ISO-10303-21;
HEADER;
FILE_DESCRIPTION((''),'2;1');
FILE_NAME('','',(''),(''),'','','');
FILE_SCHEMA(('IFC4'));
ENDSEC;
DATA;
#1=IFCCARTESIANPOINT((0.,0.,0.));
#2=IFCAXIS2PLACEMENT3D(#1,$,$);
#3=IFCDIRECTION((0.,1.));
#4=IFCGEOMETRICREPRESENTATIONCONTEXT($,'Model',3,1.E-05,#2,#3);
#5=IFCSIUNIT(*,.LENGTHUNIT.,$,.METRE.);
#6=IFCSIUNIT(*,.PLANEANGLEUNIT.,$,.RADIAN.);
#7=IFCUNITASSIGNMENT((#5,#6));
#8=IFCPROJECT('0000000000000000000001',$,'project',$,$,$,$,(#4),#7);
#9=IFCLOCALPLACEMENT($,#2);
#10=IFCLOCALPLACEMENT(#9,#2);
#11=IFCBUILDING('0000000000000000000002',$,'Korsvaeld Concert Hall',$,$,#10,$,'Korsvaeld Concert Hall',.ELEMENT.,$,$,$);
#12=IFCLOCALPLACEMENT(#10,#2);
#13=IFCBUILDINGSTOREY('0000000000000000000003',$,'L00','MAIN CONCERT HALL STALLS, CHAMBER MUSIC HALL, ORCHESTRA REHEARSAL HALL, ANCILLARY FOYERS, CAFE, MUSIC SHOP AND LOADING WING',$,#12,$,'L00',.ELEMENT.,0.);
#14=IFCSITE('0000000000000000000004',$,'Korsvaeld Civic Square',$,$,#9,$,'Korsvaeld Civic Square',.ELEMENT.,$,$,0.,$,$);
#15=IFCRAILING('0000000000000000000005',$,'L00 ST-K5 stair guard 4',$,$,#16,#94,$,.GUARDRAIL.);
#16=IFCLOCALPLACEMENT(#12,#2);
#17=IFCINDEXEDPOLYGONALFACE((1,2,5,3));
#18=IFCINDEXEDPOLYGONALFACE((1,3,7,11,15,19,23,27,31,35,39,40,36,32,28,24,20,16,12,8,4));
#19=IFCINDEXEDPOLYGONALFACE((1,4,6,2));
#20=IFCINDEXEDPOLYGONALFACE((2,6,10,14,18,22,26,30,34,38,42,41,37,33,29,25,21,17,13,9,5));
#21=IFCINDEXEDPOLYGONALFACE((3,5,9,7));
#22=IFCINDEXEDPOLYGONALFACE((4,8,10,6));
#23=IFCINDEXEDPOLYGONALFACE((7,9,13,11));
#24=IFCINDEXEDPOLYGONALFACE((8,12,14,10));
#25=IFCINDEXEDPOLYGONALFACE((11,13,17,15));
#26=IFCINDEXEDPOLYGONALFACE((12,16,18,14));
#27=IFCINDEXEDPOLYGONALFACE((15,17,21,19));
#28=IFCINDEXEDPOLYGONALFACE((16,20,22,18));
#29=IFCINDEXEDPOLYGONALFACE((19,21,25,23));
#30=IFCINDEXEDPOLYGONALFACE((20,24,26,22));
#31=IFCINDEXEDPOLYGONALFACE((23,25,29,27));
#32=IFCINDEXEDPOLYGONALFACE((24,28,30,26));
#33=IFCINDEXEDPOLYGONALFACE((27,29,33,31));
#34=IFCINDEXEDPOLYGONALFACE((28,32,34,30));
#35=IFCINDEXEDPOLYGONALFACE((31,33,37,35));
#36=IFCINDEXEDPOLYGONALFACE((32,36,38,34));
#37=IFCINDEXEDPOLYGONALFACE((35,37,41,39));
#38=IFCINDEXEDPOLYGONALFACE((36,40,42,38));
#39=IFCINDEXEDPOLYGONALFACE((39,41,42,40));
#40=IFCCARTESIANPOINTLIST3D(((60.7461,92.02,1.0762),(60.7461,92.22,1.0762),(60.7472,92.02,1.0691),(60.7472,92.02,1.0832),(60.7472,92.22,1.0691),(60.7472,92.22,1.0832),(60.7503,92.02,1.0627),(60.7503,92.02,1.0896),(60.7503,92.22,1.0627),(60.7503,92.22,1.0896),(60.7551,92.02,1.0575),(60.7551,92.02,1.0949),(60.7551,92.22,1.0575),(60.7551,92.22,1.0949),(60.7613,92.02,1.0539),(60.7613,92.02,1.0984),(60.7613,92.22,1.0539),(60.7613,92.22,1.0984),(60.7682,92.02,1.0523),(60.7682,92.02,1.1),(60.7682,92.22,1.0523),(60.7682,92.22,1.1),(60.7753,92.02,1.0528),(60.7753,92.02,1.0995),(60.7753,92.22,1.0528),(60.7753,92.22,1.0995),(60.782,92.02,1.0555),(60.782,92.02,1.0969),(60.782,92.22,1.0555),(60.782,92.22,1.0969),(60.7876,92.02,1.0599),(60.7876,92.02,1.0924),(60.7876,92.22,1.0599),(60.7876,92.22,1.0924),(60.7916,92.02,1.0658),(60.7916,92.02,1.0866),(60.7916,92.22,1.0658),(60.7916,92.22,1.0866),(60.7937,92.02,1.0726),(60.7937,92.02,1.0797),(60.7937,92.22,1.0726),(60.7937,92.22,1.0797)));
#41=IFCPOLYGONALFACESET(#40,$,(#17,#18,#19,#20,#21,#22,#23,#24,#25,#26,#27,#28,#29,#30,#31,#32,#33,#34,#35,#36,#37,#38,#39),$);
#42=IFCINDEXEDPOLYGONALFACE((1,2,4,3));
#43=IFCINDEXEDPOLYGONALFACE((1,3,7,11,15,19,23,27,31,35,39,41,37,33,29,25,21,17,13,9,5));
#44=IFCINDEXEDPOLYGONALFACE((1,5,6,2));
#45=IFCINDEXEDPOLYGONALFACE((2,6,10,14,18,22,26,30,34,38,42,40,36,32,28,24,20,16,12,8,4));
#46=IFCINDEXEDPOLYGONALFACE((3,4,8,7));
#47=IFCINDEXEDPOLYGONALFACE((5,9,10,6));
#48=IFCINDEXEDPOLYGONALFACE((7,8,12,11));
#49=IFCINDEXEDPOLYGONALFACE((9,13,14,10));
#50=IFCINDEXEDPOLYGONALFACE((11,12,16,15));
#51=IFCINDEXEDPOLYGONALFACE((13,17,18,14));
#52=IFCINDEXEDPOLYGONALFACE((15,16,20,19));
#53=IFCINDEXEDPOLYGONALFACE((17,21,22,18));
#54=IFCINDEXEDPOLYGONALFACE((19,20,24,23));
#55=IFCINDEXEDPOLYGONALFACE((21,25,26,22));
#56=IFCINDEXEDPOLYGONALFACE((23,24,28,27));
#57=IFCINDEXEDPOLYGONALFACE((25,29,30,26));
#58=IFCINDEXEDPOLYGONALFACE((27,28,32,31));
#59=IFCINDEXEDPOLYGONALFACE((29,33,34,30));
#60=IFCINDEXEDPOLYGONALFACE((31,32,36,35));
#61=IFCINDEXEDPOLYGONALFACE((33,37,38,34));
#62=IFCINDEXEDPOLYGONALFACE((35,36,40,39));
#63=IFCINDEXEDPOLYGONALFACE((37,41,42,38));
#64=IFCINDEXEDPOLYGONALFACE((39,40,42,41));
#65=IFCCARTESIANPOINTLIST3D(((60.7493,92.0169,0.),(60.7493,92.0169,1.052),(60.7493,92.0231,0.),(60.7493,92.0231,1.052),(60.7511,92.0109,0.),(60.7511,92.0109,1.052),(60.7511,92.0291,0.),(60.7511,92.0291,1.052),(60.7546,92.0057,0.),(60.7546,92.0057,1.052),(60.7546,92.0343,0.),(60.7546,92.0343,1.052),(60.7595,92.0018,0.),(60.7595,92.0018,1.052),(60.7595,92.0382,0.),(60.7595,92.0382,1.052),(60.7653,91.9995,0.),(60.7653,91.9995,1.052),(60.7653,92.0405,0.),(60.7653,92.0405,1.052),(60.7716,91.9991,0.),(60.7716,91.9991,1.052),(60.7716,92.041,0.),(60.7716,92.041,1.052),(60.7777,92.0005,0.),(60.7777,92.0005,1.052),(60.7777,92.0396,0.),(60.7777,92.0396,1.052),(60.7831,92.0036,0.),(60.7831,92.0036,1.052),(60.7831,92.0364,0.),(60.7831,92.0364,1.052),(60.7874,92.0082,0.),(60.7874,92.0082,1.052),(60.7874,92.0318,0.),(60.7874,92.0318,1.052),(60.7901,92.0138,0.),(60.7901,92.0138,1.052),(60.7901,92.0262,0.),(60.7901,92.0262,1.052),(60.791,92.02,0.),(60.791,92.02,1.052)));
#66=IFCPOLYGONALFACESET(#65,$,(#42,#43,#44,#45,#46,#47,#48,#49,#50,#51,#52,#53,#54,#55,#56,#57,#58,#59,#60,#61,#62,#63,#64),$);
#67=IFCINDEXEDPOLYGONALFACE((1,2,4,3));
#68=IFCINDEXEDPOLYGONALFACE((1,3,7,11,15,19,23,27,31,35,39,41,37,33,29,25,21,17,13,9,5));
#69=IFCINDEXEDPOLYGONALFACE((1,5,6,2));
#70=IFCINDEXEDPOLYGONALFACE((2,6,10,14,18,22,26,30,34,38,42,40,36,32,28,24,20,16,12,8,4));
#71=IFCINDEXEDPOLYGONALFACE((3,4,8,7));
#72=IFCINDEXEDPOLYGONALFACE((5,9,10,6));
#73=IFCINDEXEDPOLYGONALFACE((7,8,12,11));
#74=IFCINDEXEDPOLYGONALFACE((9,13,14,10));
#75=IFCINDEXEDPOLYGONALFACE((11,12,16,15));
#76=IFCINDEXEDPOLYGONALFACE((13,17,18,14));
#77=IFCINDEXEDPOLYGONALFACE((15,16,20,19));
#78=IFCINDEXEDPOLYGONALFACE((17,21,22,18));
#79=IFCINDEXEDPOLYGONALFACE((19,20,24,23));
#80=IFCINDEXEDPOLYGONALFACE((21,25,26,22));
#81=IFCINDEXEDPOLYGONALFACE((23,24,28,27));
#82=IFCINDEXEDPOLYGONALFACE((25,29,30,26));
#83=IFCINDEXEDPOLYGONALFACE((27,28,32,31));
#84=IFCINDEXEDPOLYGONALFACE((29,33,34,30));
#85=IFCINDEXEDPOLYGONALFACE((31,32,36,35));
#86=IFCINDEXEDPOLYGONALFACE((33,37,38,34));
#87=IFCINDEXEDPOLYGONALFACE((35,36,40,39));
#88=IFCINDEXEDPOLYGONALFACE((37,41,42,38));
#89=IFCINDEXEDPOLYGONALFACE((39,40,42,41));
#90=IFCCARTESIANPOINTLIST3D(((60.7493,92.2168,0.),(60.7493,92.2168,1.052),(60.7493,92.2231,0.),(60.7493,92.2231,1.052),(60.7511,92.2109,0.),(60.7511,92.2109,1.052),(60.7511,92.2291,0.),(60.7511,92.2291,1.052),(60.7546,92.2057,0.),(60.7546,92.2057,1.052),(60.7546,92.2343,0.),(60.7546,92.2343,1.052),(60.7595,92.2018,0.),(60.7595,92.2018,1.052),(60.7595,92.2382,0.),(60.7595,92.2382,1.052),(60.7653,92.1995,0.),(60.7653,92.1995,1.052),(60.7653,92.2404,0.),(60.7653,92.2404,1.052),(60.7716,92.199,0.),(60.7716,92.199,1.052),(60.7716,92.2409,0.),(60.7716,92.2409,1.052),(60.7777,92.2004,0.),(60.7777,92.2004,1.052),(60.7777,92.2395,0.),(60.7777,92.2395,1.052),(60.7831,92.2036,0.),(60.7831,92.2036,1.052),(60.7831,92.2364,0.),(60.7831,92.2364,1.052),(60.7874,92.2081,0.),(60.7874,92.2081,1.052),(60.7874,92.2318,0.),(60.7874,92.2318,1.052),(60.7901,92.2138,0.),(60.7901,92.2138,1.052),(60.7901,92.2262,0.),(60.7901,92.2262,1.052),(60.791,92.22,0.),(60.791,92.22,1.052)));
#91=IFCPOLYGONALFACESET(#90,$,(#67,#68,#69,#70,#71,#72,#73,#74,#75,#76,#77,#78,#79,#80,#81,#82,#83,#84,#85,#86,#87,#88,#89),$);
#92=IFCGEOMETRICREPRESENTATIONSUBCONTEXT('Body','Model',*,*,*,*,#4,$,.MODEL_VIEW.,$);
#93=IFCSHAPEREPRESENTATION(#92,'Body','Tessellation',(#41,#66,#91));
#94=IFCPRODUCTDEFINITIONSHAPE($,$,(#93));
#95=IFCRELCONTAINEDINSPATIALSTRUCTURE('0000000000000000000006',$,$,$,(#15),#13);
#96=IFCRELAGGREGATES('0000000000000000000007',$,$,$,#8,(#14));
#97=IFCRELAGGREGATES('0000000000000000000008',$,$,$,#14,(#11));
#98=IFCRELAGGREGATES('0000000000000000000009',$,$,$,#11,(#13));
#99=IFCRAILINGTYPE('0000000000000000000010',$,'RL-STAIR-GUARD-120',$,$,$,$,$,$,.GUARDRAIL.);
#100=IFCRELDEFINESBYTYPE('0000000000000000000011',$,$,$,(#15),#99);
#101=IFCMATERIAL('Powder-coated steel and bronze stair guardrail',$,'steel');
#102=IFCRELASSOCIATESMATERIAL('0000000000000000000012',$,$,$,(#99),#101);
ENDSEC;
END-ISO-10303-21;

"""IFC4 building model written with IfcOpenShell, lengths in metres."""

from ifc_helpers import new_model, si_unit, direction, frame, origin, origin_2d, place, context, subcontext, project, spatial, circle, extrude, material, type_object, element, save


model = new_model("IFC4")

# Units and contexts
model_context = context("Model", 3, precision=1e-05, world=origin(), true_north=direction((0.0, 1.0)))
body_context = subcontext(model_context, "Body", "Model", "MODEL_VIEW")
ifc_project = project(units=[si_unit("LENGTHUNIT", "METRE"), si_unit("PLANEANGLEUNIT", "RADIAN")], contexts=[model_context])

# Site, building, storey
site_placement = place(None, origin())
site = spatial("IfcSite", under=ifc_project, at=site_placement, Name="Korsvaeld Civic Square", LongName="Korsvaeld Civic Square", CompositionType="ELEMENT", RefElevation=0.0)
building_placement = place(site_placement, origin())
building = spatial("IfcBuilding", under=site, at=building_placement, Name="Korsvaeld Concert Hall", LongName="Korsvaeld Concert Hall", CompositionType="ELEMENT")
storey_placement = place(building_placement, origin())
storey = spatial("IfcBuildingStorey", under=building, at=storey_placement, Name="L00", Description="MAIN CONCERT HALL STALLS, CHAMBER MUSIC HALL, ORCHESTRA REHEARSAL HALL, ANCILLARY FOYERS, CAFE, MUSIC SHOP AND LOADING WING", LongName="L00", CompositionType="ELEMENT", Elevation=0.0)

# Railing
ifc_material_1 = material(Name="Powder-coated steel and bronze stair guardrail", Category="steel")
railing_type_1 = type_object("IfcRailingType", Name="RL-STAIR-GUARD-120", PredefinedType="GUARDRAIL", material=ifc_material_1)
railing_1_placement = place(storey_placement, frame((60.77, 92.02, 0.0)))
element("IfcRailing", 1, at=railing_1_placement, inside=storey, type_object=railing_type_1, Name="L00 ST-K5 stair guard 4", PredefinedType="GUARDRAIL", context=body_context, shape_type="SweptSolid", body=[
    extrude(circle(Radius=0.0239, at=origin_2d()), frame((0.0, 0.0, 1.0762), z_axis=(0.0, 1.0, 0.0), x_axis=(-1.0, 0.0, 0.0)), (0.0, 0.0, 1.0), 0.2),
    extrude(circle(Radius=0.021, at=origin_2d()), origin(), (0.0, 0.0, 1.0), 1.052),
    extrude(circle(Radius=0.021, at=origin_2d()), frame((0.0, 0.2, 0.0)), (0.0, 0.0, 1.0), 1.052),
])

save(model, "model.ifc")
